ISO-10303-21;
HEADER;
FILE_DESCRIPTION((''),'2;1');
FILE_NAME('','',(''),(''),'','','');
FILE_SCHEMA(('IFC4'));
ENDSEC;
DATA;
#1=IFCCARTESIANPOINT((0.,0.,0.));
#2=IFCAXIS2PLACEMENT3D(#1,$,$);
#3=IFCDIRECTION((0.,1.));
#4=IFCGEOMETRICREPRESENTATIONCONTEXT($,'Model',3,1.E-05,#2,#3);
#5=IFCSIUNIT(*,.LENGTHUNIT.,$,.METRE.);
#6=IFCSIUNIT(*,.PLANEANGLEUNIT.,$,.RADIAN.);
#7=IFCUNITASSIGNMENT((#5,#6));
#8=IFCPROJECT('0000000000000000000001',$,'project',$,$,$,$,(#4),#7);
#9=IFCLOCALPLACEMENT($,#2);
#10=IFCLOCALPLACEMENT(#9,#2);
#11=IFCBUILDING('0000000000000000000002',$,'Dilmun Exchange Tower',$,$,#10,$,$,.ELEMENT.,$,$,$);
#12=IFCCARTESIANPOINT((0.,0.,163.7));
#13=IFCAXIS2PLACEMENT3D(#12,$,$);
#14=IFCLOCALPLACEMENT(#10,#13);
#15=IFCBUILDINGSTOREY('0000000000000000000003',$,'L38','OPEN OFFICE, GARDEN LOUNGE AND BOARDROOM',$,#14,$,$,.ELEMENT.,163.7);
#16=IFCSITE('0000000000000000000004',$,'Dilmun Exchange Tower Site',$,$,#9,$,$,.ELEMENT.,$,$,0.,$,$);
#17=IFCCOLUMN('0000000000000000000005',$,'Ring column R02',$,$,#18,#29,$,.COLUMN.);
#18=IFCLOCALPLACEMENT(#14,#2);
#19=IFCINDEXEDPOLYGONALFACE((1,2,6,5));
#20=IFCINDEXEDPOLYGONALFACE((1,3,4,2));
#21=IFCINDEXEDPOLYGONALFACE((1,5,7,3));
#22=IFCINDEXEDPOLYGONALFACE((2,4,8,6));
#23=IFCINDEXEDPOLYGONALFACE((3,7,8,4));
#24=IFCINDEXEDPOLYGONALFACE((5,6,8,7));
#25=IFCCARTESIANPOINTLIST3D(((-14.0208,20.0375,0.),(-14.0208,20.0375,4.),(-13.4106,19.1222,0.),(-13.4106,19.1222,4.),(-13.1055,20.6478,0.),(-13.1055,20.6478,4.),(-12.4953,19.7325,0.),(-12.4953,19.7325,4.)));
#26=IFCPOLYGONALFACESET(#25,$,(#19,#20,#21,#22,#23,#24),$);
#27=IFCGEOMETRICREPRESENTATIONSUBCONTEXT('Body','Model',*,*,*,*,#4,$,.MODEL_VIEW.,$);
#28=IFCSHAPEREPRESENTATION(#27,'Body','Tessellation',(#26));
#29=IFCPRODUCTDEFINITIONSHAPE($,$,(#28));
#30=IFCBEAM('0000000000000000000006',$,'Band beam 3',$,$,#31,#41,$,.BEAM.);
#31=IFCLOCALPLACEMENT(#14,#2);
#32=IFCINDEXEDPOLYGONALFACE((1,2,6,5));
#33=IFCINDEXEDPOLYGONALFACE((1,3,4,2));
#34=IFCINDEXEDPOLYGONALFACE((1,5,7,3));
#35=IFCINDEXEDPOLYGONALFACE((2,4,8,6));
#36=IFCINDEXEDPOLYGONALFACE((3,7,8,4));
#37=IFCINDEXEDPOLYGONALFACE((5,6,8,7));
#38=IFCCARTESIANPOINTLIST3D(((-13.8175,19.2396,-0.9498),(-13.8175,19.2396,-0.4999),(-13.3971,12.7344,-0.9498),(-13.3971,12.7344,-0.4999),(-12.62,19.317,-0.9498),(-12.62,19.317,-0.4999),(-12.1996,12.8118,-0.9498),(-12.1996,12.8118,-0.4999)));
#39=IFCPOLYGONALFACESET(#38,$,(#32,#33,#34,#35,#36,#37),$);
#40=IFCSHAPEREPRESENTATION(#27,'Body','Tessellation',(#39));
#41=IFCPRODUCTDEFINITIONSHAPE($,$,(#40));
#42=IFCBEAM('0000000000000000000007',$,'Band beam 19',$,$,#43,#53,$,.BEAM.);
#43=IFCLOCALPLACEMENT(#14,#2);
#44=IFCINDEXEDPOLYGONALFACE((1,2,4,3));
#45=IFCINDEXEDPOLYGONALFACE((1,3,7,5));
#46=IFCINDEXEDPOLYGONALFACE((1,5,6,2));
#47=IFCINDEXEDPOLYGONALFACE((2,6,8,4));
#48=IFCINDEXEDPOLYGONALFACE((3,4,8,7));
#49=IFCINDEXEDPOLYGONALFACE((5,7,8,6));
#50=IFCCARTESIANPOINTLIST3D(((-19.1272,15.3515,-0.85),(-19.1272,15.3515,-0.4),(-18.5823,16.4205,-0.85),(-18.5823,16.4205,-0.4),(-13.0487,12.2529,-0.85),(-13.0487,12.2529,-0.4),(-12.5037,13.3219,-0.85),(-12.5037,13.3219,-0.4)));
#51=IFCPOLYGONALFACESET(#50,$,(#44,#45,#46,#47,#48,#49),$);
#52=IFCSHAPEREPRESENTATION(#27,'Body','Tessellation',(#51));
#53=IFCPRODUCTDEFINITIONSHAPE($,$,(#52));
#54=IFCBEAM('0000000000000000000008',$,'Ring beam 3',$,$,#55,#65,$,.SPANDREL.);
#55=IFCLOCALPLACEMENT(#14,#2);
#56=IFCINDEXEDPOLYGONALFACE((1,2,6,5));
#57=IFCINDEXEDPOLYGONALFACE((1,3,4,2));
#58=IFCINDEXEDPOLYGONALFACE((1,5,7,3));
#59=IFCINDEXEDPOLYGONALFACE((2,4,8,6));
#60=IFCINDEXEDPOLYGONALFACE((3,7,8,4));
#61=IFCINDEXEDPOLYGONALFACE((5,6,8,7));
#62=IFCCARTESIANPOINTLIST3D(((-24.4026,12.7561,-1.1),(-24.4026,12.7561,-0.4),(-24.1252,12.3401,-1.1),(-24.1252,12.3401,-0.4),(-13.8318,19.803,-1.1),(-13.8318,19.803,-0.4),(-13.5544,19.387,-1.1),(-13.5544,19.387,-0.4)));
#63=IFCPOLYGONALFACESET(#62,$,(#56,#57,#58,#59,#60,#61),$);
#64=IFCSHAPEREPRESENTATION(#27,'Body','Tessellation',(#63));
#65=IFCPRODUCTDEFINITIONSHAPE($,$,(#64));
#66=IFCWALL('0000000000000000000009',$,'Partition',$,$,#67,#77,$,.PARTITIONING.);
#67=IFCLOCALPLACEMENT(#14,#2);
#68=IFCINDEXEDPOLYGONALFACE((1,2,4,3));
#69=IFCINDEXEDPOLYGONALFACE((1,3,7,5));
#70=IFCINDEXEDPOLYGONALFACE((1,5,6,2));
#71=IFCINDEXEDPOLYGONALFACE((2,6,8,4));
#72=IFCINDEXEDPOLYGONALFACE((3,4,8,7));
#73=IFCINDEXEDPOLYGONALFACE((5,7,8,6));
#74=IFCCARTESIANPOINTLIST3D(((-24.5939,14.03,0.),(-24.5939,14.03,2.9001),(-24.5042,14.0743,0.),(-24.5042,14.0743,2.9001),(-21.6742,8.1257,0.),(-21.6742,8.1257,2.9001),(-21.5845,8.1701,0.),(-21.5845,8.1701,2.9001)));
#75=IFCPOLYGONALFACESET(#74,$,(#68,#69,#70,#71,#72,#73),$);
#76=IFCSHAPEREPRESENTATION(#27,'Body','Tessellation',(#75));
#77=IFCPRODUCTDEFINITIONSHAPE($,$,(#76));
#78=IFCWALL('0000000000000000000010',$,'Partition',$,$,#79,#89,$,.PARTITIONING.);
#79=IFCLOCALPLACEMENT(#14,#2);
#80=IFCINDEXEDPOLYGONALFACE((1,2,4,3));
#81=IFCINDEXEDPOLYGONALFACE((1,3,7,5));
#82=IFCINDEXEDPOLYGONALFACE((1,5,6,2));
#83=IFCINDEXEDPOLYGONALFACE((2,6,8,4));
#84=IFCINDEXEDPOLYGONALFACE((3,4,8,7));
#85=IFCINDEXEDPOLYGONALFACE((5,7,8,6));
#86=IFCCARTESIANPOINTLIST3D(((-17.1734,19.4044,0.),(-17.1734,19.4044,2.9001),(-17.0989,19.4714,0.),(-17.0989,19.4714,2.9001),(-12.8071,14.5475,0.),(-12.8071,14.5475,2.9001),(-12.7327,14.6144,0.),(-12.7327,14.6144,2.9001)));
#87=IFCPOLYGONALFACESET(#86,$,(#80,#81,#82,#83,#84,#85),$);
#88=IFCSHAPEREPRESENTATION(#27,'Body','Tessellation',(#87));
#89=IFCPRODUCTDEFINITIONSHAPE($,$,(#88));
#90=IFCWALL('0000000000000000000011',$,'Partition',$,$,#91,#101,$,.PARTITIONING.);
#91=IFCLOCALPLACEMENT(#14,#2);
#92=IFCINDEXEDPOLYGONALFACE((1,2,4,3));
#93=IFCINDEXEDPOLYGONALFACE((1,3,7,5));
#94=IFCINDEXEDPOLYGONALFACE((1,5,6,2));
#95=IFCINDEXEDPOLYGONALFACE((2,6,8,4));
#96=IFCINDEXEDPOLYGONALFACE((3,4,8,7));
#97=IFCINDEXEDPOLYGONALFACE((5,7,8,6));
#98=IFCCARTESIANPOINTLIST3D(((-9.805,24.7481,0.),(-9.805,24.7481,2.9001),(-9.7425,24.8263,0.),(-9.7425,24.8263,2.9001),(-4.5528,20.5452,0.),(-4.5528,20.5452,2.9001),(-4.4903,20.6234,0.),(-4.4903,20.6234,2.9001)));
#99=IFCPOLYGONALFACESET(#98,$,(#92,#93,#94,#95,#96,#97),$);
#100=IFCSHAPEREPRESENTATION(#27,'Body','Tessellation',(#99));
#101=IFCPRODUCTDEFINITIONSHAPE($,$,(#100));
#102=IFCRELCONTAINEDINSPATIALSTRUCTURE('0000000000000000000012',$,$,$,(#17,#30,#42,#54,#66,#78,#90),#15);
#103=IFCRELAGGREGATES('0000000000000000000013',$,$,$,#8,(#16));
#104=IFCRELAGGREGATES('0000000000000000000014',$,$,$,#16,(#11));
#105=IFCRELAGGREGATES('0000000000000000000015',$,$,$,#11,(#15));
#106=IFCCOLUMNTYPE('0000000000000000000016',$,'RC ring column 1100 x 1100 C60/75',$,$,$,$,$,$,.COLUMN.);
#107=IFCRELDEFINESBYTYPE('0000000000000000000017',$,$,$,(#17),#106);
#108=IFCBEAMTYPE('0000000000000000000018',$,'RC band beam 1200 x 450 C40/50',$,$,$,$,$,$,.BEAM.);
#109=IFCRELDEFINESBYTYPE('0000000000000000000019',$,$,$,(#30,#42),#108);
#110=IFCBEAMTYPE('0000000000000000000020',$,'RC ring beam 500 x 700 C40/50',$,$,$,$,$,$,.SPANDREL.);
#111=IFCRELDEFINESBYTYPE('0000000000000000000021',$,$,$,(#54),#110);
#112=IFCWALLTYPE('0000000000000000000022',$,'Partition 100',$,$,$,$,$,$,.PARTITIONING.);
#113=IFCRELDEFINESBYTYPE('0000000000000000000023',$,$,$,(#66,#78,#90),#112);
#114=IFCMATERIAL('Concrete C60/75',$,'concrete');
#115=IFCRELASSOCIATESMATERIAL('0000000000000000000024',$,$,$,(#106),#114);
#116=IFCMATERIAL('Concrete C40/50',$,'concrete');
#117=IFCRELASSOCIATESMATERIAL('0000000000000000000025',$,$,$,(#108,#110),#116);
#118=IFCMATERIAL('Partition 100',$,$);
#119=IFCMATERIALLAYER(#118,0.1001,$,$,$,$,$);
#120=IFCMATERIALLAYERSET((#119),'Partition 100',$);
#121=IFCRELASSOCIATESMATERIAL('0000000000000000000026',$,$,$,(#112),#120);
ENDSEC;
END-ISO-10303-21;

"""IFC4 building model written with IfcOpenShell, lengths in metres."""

from ifc_helpers import new_model, si_unit, direction, frame, frame_2d, origin, origin_2d, place, context, subcontext, project, spatial, rectangle, extrude, material, layer, layer_set, material_profile, profile_set, type_object, element, save


model = new_model("IFC4")

# Units and contexts
model_context = context("Model", 3, precision=1e-05, world=origin(), true_north=direction((0.0, 1.0)))
body_context = subcontext(model_context, "Body", "Model", "MODEL_VIEW")
ifc_project = project(units=[si_unit("LENGTHUNIT", "METRE"), si_unit("PLANEANGLEUNIT", "RADIAN")], contexts=[model_context])

# Site, building, storey
site_placement = place(None, origin())
site = spatial("IfcSite", under=ifc_project, at=site_placement, Name="Dilmun Exchange Tower Site", CompositionType="ELEMENT", RefElevation=0.0)
building_placement = place(site_placement, origin())
building = spatial("IfcBuilding", under=site, at=building_placement, Name="Dilmun Exchange Tower", CompositionType="ELEMENT")
storey_placement = place(building_placement, frame((0.0, 0.0, 163.7)))
storey = spatial("IfcBuildingStorey", under=building, at=storey_placement, Name="L38", Description="OPEN OFFICE, GARDEN LOUNGE AND BOARDROOM", CompositionType="ELEMENT", Elevation=163.7)

# Column
ifc_material_1 = material(Name="Concrete C60/75", Category="concrete")
ifc_material_profile_1 = material_profile(ifc_material_1, rectangle(XDim=1.1001, YDim=1.1001, at=origin_2d()), Name="1100 x 1100")
ifc_profile_set_1 = profile_set([ifc_material_profile_1], Name="Concrete C60/75")
column_type = type_object("IfcColumnType", Name="RC ring column 1100 x 1100 C60/75", PredefinedType="COLUMN", material=ifc_profile_set_1)
column_placement = place(storey_placement, frame((-13.2581, 19.885, 0.0), z_axis=(0.0, 0.0, 1.0), x_axis=(0.832029, 0.554733, 0.0)))
element("IfcColumn", 1, at=column_placement, inside=storey, type_object=column_type, Name="Ring column R02", PredefinedType="COLUMN", context=body_context, shape_type="SweptSolid", body=[
    extrude(rectangle(XDim=1.1001, YDim=1.1001, at=origin_2d()), origin(), (0.0, 0.0, 1.0), 4.0),
])

# Beams
ifc_material_2 = material(Name="Concrete C40/50", Category="concrete")
ifc_material_profile_2 = material_profile(ifc_material_2, rectangle(XDim=1.2, YDim=0.45, at=origin_2d()), Name="1200 x 450")
ifc_profile_set_2 = profile_set([ifc_material_profile_2], Name="Concrete C40/50")
beam_type_1 = type_object("IfcBeamType", Name="RC band beam 1200 x 450 C40/50", PredefinedType="BEAM", material=ifc_profile_set_2)
beam_1_placement = place(storey_placement, frame((-13.2188, 19.2783, -0.7249), z_axis=(0.064493, -0.997918, 0.0), x_axis=(0.997918, 0.064493, 0.0)))
element("IfcBeam", 2, at=beam_1_placement, inside=storey, type_object=beam_type_1, Name="Band beam 3", PredefinedType="BEAM", context=body_context, shape_type="SweptSolid", body=[
    extrude(rectangle(XDim=1.2, YDim=0.45, at=origin_2d()), origin(), (0.0, 0.0, 1.0), 6.5188),
])
beam_2_placement = place(storey_placement, frame((-18.8547, 15.886, -0.625), z_axis=(0.890922, -0.454156, 0.0), x_axis=(0.454156, 0.890922, 0.0)))
element("IfcBeam", 3, at=beam_2_placement, inside=storey, type_object=beam_type_1, Name="Band beam 19", PredefinedType="BEAM", context=body_context, shape_type="SweptSolid", body=[
    extrude(rectangle(XDim=1.2, YDim=0.45, at=origin_2d()), origin(), (0.0, 0.0, 1.0), 6.8228),
])
ifc_material_profile_3 = material_profile(ifc_material_2, rectangle(XDim=0.5, YDim=0.7, at=origin_2d()), Name="500 x 700")
ifc_profile_set_3 = profile_set([ifc_material_profile_3], Name="Concrete C40/50")
beam_type_2 = type_object("IfcBeamType", Name="RC ring beam 500 x 700 C40/50", PredefinedType="SPANDREL", material=ifc_profile_set_3)
beam_3_placement = place(storey_placement, frame((-13.6931, 19.595, -0.75), z_axis=(-0.832062, -0.554682, 0.0), x_axis=(0.554682, -0.832062, 0.0)))
element("IfcBeam", 4, at=beam_3_placement, inside=storey, type_object=beam_type_2, Name="Ring beam 3", PredefinedType="SPANDREL", context=body_context, shape_type="SweptSolid", body=[
    extrude(rectangle(XDim=0.5, YDim=0.7, at=origin_2d()), origin(), (0.0, 0.0, 1.0), 12.7043),
])

# Walls
ifc_material_3 = material(Name="Partition 100")
ifc_layer_1 = layer(ifc_material_3, 0.1001)
ifc_layer_set_1 = layer_set([ifc_layer_1], Name="Partition 100")
wall_type_1 = type_object("IfcWallType", Name="Partition 100", PredefinedType="PARTITIONING", material=ifc_layer_set_1)
wall_1_placement = place(storey_placement, frame((-24.5491, 14.0522, 0.0), z_axis=(0.0, 0.0, 1.0), x_axis=(0.443265, -0.89639, 0.0)))
element("IfcWall", 5, at=wall_1_placement, inside=storey, type_object=wall_type_1, Name="Partition", PredefinedType="PARTITIONING", context=body_context, shape_type="SweptSolid", body=[
    extrude(rectangle(XDim=6.5867, YDim=0.1001, at=frame_2d((3.2935, 0.0))), origin(), (0.0, 0.0, 1.0), 2.9001),
])
wall_2_placement = place(storey_placement, frame((-17.1362, 19.438, 0.0), z_axis=(0.0, 0.0, 1.0), x_axis=(0.668539, -0.743677, 0.0)))
element("IfcWall", 6, at=wall_2_placement, inside=storey, type_object=wall_type_1, Name="Partition", PredefinedType="PARTITIONING", context=body_context, shape_type="SweptSolid", body=[
    extrude(rectangle(XDim=6.531, YDim=0.1001, at=frame_2d((3.2656, 0.0))), origin(), (0.0, 0.0, 1.0), 2.9001),
])
wall_3_placement = place(storey_placement, frame((-9.7737, 24.7871, 0.0), z_axis=(0.0, 0.0, 1.0), x_axis=(0.780787, -0.624797, 0.0)))
element("IfcWall", 7, at=wall_3_placement, inside=storey, type_object=wall_type_1, Name="Partition", PredefinedType="PARTITIONING", context=body_context, shape_type="SweptSolid", body=[
    extrude(rectangle(XDim=6.7268, YDim=0.1001, at=frame_2d((3.3633, 0.0))), origin(), (0.0, 0.0, 1.0), 2.9001),
])

save(model, "model.ifc")
